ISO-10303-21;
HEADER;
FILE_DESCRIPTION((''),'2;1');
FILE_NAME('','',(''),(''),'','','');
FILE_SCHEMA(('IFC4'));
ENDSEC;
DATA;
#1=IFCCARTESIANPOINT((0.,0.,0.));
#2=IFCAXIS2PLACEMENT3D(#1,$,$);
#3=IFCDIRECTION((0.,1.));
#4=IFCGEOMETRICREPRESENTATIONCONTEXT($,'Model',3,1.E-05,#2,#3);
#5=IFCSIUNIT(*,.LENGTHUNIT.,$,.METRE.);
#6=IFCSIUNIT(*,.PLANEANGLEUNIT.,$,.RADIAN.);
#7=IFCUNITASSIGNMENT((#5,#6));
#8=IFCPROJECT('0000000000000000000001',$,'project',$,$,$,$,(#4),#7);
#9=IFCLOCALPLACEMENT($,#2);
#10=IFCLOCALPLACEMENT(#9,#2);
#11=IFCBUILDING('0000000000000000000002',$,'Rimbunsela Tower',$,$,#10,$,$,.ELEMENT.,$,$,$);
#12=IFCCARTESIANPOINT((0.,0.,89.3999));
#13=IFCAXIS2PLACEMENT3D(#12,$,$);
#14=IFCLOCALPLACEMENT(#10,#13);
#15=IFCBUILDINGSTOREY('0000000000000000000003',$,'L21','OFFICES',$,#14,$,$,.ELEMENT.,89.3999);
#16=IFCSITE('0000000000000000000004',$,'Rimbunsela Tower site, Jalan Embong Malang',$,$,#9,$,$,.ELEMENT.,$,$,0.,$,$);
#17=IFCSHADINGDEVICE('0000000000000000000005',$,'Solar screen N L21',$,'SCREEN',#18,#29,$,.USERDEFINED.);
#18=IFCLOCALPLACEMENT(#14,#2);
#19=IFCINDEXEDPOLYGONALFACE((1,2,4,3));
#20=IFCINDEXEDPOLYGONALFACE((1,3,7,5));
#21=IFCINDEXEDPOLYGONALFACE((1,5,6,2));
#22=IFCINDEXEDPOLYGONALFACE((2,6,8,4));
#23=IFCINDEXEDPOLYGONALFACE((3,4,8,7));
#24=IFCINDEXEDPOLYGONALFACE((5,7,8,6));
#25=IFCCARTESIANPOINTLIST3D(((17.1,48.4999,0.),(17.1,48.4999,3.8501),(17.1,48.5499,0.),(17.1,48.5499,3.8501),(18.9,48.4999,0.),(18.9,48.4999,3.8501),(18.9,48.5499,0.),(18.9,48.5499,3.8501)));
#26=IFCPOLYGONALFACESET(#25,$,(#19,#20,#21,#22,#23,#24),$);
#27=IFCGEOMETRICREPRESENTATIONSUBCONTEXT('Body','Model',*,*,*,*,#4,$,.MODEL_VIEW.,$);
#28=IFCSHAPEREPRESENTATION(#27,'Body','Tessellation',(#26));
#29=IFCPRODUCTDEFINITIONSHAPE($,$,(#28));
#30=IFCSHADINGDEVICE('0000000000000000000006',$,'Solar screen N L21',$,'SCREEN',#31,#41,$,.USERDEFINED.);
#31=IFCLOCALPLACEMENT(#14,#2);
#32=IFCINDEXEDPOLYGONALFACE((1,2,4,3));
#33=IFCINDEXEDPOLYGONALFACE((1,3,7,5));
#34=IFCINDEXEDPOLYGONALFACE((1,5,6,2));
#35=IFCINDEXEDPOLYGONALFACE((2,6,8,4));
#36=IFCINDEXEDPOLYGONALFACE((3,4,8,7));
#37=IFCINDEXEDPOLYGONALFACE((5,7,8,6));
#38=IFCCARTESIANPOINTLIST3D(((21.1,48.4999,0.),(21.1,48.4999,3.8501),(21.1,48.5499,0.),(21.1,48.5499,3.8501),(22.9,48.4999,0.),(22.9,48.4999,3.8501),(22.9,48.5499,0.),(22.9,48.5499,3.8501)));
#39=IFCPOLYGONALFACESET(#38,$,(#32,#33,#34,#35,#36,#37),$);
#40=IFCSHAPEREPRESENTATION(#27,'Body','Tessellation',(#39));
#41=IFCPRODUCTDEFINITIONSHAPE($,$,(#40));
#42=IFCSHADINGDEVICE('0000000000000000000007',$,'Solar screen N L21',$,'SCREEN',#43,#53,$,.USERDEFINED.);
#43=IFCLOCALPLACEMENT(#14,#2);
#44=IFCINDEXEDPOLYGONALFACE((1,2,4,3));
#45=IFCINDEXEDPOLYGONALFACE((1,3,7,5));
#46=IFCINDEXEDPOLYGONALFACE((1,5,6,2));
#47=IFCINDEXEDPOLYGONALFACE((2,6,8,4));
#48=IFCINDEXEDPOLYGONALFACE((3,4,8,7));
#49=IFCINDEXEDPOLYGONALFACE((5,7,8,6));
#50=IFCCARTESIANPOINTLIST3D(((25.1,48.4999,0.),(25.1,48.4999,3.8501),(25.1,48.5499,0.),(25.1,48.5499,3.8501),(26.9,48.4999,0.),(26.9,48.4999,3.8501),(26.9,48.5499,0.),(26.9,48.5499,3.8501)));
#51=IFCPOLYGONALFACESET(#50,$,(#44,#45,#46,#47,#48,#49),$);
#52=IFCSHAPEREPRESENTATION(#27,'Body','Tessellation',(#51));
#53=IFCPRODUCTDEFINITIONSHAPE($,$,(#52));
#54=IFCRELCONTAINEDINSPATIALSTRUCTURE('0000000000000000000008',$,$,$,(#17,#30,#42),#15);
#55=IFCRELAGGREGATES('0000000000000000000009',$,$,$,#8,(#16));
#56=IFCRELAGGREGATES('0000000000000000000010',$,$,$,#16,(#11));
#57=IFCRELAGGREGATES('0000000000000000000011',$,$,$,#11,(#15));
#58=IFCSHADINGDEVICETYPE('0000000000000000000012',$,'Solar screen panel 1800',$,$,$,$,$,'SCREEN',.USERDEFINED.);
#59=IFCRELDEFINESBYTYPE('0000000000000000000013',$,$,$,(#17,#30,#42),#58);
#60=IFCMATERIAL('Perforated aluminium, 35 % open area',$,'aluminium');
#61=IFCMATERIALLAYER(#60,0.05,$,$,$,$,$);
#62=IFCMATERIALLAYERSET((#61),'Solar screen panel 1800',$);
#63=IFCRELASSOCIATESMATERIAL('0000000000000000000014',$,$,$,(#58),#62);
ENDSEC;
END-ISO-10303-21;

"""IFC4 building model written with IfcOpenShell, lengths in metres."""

from ifc_helpers import new_model, si_unit, direction, frame, origin, origin_2d, place, context, subcontext, project, spatial, rectangle, extrude, material, layer, layer_set, type_object, element, save


model = new_model("IFC4")

# Units and contexts
model_context = context("Model", 3, precision=1e-05, world=origin(), true_north=direction((0.0, 1.0)))
body_context = subcontext(model_context, "Body", "Model", "MODEL_VIEW")
ifc_project = project(units=[si_unit("LENGTHUNIT", "METRE"), si_unit("PLANEANGLEUNIT", "RADIAN")], contexts=[model_context])

# Site, building, storey
site_placement = place(None, origin())
site = spatial("IfcSite", under=ifc_project, at=site_placement, Name="Rimbunsela Tower site, Jalan Embong Malang", CompositionType="ELEMENT", RefElevation=0.0)
building_placement = place(site_placement, origin())
building = spatial("IfcBuilding", under=site, at=building_placement, Name="Rimbunsela Tower", CompositionType="ELEMENT")
storey_placement = place(building_placement, frame((0.0, 0.0, 89.3999)))
storey = spatial("IfcBuildingStorey", under=building, at=storey_placement, Name="L21", Description="OFFICES", CompositionType="ELEMENT", Elevation=89.3999)

# Shading devices
ifc_material_1 = material(Name="Perforated aluminium, 35 % open area", Category="aluminium")
ifc_layer_1 = layer(ifc_material_1, 0.05)
ifc_layer_set_1 = layer_set([ifc_layer_1], Name="Solar screen panel 1800")
shading_device_type = type_object("IfcShadingDeviceType", Name="Solar screen panel 1800", ElementType="SCREEN", PredefinedType="USERDEFINED", material=ifc_layer_set_1)
for number, where, z_axis, x_axis, name in (
    (1, (18.0, 48.5249, 0.0), (0.0, 0.0, 1.0), (1.0, 0.0, 0.0), "Solar screen N L21"),
    (2, (22.0, 48.5249, 0.0), (0.0, 0.0, 1.0), (1.0, 0.0, 0.0), "Solar screen N L21"),
    (3, (26.0, 48.5249, 0.0), (0.0, 0.0, 1.0), (1.0, 0.0, 0.0), "Solar screen N L21"),
):
    element("IfcShadingDevice", number, at=place(storey_placement, frame(where, z_axis=z_axis, x_axis=x_axis)), inside=storey, type_object=shading_device_type, Name=name, ObjectType="SCREEN", PredefinedType="USERDEFINED", context=body_context, shape_type="SweptSolid", body=[
        extrude(rectangle(XDim=1.8, YDim=0.05, at=origin_2d()), origin(), (0.0, 0.0, 1.0), 3.8501),
    ])

save(model, "model.ifc")
